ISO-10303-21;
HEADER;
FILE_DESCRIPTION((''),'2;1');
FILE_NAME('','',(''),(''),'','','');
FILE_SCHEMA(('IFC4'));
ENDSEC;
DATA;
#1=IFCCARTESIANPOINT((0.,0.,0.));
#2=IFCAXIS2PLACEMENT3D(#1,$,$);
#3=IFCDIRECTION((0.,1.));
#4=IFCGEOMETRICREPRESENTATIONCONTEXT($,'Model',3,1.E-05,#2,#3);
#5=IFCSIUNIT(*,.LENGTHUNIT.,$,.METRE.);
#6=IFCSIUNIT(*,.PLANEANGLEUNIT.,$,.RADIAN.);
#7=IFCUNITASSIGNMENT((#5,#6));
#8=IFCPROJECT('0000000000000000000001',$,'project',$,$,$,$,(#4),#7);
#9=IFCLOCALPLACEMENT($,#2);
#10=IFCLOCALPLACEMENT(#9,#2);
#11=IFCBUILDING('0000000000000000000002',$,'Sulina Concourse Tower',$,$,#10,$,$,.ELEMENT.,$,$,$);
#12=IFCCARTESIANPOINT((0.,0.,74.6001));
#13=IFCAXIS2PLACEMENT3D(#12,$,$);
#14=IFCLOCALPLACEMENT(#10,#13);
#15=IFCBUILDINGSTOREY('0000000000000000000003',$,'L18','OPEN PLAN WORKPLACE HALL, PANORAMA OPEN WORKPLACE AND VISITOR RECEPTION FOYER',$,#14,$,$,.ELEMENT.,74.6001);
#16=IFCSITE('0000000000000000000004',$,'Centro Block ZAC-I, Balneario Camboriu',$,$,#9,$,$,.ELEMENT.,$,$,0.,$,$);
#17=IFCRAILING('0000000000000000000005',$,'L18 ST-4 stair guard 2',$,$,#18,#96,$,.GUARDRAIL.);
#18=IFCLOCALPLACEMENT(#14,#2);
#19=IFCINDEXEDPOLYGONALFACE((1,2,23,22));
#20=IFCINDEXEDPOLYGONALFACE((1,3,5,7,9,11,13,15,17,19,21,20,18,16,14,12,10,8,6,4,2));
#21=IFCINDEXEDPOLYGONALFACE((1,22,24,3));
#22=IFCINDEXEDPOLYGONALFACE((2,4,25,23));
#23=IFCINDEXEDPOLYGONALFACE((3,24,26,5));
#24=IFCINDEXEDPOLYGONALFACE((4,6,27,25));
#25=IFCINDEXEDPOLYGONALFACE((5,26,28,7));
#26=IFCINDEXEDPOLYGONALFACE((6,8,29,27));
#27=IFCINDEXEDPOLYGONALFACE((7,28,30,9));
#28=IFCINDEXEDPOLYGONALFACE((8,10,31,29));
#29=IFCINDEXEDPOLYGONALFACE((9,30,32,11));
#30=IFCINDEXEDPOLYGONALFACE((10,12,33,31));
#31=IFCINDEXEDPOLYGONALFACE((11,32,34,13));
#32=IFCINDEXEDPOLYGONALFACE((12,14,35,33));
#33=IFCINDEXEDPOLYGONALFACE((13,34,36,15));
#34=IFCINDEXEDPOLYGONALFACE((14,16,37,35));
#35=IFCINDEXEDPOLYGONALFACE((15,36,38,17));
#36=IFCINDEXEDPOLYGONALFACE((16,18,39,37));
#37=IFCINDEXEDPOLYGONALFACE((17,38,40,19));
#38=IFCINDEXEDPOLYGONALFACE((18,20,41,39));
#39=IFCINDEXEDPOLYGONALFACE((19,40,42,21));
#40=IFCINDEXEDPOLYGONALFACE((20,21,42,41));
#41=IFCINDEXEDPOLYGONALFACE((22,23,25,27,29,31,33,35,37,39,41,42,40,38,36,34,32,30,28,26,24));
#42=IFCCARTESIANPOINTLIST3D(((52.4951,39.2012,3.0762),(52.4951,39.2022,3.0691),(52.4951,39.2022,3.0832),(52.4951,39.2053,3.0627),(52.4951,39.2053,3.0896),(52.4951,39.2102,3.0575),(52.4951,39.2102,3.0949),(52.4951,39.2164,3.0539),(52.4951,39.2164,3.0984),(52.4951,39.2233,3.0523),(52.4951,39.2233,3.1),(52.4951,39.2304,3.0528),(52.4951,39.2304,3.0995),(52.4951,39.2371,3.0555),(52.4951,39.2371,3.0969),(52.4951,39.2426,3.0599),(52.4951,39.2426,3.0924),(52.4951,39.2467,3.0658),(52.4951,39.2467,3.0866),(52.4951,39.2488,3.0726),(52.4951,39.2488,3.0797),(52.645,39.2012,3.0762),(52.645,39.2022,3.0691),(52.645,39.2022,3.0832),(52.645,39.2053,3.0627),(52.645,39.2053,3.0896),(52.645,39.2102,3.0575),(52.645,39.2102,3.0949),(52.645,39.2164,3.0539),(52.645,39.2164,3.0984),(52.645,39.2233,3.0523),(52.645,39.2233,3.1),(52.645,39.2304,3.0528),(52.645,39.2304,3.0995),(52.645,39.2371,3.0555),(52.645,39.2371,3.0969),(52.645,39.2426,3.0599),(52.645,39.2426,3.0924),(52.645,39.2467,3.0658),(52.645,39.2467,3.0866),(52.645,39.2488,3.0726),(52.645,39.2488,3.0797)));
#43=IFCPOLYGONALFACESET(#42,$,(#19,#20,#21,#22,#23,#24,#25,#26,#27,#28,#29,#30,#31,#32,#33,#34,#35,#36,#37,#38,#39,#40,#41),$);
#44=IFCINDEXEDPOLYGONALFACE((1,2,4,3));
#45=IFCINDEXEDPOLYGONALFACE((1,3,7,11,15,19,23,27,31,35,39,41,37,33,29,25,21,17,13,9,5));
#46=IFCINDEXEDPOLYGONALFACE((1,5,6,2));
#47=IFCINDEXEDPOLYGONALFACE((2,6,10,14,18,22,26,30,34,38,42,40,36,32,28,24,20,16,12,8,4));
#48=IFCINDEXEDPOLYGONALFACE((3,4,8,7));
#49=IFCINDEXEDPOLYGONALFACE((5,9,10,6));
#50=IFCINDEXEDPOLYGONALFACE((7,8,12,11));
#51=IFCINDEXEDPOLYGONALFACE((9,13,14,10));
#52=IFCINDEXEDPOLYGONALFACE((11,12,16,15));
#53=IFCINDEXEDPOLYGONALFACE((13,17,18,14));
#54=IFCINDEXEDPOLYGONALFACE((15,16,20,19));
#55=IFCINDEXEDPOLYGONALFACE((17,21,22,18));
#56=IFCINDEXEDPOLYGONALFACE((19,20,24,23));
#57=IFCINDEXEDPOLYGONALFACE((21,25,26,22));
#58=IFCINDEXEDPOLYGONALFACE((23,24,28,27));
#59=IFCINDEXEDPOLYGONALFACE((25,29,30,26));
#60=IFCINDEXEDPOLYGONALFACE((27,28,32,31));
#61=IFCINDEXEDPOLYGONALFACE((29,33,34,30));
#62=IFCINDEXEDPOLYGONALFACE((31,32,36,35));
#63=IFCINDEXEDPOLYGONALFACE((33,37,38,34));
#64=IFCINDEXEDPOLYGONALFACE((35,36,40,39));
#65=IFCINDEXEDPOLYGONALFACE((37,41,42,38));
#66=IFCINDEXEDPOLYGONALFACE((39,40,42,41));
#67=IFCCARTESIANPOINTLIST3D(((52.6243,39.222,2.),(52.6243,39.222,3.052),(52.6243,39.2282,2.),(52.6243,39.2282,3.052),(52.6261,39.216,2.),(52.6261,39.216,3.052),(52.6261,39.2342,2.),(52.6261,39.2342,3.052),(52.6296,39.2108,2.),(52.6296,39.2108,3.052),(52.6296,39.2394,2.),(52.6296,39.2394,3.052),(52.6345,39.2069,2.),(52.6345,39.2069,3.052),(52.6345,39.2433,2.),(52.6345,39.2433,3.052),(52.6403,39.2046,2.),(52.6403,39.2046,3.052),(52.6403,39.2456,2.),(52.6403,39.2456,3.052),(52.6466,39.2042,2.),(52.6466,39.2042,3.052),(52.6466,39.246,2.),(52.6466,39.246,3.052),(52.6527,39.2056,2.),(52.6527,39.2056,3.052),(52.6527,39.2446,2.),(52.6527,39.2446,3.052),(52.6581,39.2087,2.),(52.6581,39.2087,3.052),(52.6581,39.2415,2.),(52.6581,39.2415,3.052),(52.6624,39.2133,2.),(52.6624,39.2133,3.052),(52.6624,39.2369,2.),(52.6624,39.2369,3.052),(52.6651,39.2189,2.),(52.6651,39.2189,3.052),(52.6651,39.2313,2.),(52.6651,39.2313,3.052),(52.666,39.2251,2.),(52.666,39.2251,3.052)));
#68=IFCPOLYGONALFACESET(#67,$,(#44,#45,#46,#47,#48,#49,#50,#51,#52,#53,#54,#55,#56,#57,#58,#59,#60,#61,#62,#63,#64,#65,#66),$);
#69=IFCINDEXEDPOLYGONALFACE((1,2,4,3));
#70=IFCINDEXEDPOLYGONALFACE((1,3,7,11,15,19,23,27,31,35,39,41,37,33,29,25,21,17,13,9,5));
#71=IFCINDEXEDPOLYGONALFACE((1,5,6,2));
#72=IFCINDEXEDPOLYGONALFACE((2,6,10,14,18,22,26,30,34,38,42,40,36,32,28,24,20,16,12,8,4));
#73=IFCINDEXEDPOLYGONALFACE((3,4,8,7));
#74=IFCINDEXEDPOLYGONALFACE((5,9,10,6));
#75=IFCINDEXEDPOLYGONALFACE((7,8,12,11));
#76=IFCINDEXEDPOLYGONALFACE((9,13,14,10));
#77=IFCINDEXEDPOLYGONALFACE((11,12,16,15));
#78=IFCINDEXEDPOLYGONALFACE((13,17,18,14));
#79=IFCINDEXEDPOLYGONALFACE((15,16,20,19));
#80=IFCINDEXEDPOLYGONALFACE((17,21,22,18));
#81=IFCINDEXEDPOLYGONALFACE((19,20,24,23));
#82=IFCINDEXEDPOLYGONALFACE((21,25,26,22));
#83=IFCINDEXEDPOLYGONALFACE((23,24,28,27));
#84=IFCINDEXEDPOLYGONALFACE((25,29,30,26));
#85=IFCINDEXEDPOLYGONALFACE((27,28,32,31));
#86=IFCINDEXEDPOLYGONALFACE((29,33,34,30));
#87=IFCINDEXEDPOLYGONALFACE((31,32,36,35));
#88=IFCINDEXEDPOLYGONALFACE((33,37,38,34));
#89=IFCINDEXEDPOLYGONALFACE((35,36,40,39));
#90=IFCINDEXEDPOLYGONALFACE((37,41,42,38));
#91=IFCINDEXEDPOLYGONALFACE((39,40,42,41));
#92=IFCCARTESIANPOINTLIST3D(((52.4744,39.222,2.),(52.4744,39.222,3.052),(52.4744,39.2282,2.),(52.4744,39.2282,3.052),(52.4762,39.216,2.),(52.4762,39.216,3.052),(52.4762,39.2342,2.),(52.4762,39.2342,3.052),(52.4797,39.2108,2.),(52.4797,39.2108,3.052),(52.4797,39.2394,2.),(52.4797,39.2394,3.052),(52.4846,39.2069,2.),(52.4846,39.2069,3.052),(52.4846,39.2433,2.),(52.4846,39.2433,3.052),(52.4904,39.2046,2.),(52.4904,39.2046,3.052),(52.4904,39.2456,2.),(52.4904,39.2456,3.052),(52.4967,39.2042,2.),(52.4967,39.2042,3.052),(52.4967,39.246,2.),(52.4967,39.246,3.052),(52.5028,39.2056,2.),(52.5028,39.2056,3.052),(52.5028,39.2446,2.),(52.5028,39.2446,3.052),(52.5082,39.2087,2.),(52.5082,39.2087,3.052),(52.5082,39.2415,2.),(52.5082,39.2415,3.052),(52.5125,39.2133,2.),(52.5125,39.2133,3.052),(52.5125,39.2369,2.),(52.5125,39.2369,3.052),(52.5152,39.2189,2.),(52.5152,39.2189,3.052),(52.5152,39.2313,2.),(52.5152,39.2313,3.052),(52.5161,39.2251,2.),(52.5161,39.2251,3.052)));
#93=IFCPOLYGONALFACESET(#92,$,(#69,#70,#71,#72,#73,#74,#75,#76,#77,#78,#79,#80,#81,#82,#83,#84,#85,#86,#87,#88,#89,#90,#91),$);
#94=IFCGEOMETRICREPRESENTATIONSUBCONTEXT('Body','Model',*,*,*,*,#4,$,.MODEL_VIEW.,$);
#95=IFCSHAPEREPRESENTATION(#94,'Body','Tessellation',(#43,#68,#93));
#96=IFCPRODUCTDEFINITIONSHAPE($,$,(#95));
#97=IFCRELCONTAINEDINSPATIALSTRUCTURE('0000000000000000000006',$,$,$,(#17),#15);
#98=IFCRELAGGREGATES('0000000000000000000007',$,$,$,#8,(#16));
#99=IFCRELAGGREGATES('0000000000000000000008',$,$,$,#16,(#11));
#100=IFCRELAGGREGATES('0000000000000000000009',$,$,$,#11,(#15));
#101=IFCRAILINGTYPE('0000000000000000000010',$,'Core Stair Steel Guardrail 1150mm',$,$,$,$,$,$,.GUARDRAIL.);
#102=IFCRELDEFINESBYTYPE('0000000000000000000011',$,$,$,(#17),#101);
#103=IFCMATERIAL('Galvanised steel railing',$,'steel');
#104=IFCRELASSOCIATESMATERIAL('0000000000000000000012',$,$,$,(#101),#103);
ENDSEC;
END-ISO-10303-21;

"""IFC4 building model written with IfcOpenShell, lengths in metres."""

from ifc_helpers import new_model, si_unit, direction, frame, origin, origin_2d, place, context, subcontext, project, spatial, circle, extrude, material, type_object, element, save


model = new_model("IFC4")

# Units and contexts
model_context = context("Model", 3, precision=1e-05, world=origin(), true_north=direction((0.0, 1.0)))
body_context = subcontext(model_context, "Body", "Model", "MODEL_VIEW")
ifc_project = project(units=[si_unit("LENGTHUNIT", "METRE"), si_unit("PLANEANGLEUNIT", "RADIAN")], contexts=[model_context])

# Site, building, storey
site_placement = place(None, origin())
site = spatial("IfcSite", under=ifc_project, at=site_placement, Name="Centro Block ZAC-I, Balneario Camboriu", CompositionType="ELEMENT", RefElevation=0.0)
building_placement = place(site_placement, origin())
building = spatial("IfcBuilding", under=site, at=building_placement, Name="Sulina Concourse Tower", CompositionType="ELEMENT")
storey_placement = place(building_placement, frame((0.0, 0.0, 74.6001)))
storey = spatial("IfcBuildingStorey", under=building, at=storey_placement, Name="L18", Description="OPEN PLAN WORKPLACE HALL, PANORAMA OPEN WORKPLACE AND VISITOR RECEPTION FOYER", CompositionType="ELEMENT", Elevation=74.6001)

# Railing
ifc_material_1 = material(Name="Galvanised steel railing", Category="steel")
railing_type_1 = type_object("IfcRailingType", Name="Core Stair Steel Guardrail 1150mm", PredefinedType="GUARDRAIL", material=ifc_material_1)
railing_1_placement = place(storey_placement, frame((52.645, 39.2251, 2.0)))
element("IfcRailing", 1, at=railing_1_placement, inside=storey, type_object=railing_type_1, Name="L18 ST-4 stair guard 2", PredefinedType="GUARDRAIL", context=body_context, shape_type="SweptSolid", body=[
    extrude(circle(Radius=0.0239, at=origin_2d()), frame((0.0, 0.0, 1.0762), z_axis=(-1.0, 0.0, 0.0), x_axis=(0.0, -1.0, 0.0)), (0.0, 0.0, 1.0), 0.1499),
    extrude(circle(Radius=0.021, at=origin_2d()), origin(), (0.0, 0.0, 1.0), 1.052),
    extrude(circle(Radius=0.021, at=origin_2d()), frame((-0.1499, 0.0, 0.0)), (0.0, 0.0, 1.0), 1.052),
])

save(model, "model.ifc")
